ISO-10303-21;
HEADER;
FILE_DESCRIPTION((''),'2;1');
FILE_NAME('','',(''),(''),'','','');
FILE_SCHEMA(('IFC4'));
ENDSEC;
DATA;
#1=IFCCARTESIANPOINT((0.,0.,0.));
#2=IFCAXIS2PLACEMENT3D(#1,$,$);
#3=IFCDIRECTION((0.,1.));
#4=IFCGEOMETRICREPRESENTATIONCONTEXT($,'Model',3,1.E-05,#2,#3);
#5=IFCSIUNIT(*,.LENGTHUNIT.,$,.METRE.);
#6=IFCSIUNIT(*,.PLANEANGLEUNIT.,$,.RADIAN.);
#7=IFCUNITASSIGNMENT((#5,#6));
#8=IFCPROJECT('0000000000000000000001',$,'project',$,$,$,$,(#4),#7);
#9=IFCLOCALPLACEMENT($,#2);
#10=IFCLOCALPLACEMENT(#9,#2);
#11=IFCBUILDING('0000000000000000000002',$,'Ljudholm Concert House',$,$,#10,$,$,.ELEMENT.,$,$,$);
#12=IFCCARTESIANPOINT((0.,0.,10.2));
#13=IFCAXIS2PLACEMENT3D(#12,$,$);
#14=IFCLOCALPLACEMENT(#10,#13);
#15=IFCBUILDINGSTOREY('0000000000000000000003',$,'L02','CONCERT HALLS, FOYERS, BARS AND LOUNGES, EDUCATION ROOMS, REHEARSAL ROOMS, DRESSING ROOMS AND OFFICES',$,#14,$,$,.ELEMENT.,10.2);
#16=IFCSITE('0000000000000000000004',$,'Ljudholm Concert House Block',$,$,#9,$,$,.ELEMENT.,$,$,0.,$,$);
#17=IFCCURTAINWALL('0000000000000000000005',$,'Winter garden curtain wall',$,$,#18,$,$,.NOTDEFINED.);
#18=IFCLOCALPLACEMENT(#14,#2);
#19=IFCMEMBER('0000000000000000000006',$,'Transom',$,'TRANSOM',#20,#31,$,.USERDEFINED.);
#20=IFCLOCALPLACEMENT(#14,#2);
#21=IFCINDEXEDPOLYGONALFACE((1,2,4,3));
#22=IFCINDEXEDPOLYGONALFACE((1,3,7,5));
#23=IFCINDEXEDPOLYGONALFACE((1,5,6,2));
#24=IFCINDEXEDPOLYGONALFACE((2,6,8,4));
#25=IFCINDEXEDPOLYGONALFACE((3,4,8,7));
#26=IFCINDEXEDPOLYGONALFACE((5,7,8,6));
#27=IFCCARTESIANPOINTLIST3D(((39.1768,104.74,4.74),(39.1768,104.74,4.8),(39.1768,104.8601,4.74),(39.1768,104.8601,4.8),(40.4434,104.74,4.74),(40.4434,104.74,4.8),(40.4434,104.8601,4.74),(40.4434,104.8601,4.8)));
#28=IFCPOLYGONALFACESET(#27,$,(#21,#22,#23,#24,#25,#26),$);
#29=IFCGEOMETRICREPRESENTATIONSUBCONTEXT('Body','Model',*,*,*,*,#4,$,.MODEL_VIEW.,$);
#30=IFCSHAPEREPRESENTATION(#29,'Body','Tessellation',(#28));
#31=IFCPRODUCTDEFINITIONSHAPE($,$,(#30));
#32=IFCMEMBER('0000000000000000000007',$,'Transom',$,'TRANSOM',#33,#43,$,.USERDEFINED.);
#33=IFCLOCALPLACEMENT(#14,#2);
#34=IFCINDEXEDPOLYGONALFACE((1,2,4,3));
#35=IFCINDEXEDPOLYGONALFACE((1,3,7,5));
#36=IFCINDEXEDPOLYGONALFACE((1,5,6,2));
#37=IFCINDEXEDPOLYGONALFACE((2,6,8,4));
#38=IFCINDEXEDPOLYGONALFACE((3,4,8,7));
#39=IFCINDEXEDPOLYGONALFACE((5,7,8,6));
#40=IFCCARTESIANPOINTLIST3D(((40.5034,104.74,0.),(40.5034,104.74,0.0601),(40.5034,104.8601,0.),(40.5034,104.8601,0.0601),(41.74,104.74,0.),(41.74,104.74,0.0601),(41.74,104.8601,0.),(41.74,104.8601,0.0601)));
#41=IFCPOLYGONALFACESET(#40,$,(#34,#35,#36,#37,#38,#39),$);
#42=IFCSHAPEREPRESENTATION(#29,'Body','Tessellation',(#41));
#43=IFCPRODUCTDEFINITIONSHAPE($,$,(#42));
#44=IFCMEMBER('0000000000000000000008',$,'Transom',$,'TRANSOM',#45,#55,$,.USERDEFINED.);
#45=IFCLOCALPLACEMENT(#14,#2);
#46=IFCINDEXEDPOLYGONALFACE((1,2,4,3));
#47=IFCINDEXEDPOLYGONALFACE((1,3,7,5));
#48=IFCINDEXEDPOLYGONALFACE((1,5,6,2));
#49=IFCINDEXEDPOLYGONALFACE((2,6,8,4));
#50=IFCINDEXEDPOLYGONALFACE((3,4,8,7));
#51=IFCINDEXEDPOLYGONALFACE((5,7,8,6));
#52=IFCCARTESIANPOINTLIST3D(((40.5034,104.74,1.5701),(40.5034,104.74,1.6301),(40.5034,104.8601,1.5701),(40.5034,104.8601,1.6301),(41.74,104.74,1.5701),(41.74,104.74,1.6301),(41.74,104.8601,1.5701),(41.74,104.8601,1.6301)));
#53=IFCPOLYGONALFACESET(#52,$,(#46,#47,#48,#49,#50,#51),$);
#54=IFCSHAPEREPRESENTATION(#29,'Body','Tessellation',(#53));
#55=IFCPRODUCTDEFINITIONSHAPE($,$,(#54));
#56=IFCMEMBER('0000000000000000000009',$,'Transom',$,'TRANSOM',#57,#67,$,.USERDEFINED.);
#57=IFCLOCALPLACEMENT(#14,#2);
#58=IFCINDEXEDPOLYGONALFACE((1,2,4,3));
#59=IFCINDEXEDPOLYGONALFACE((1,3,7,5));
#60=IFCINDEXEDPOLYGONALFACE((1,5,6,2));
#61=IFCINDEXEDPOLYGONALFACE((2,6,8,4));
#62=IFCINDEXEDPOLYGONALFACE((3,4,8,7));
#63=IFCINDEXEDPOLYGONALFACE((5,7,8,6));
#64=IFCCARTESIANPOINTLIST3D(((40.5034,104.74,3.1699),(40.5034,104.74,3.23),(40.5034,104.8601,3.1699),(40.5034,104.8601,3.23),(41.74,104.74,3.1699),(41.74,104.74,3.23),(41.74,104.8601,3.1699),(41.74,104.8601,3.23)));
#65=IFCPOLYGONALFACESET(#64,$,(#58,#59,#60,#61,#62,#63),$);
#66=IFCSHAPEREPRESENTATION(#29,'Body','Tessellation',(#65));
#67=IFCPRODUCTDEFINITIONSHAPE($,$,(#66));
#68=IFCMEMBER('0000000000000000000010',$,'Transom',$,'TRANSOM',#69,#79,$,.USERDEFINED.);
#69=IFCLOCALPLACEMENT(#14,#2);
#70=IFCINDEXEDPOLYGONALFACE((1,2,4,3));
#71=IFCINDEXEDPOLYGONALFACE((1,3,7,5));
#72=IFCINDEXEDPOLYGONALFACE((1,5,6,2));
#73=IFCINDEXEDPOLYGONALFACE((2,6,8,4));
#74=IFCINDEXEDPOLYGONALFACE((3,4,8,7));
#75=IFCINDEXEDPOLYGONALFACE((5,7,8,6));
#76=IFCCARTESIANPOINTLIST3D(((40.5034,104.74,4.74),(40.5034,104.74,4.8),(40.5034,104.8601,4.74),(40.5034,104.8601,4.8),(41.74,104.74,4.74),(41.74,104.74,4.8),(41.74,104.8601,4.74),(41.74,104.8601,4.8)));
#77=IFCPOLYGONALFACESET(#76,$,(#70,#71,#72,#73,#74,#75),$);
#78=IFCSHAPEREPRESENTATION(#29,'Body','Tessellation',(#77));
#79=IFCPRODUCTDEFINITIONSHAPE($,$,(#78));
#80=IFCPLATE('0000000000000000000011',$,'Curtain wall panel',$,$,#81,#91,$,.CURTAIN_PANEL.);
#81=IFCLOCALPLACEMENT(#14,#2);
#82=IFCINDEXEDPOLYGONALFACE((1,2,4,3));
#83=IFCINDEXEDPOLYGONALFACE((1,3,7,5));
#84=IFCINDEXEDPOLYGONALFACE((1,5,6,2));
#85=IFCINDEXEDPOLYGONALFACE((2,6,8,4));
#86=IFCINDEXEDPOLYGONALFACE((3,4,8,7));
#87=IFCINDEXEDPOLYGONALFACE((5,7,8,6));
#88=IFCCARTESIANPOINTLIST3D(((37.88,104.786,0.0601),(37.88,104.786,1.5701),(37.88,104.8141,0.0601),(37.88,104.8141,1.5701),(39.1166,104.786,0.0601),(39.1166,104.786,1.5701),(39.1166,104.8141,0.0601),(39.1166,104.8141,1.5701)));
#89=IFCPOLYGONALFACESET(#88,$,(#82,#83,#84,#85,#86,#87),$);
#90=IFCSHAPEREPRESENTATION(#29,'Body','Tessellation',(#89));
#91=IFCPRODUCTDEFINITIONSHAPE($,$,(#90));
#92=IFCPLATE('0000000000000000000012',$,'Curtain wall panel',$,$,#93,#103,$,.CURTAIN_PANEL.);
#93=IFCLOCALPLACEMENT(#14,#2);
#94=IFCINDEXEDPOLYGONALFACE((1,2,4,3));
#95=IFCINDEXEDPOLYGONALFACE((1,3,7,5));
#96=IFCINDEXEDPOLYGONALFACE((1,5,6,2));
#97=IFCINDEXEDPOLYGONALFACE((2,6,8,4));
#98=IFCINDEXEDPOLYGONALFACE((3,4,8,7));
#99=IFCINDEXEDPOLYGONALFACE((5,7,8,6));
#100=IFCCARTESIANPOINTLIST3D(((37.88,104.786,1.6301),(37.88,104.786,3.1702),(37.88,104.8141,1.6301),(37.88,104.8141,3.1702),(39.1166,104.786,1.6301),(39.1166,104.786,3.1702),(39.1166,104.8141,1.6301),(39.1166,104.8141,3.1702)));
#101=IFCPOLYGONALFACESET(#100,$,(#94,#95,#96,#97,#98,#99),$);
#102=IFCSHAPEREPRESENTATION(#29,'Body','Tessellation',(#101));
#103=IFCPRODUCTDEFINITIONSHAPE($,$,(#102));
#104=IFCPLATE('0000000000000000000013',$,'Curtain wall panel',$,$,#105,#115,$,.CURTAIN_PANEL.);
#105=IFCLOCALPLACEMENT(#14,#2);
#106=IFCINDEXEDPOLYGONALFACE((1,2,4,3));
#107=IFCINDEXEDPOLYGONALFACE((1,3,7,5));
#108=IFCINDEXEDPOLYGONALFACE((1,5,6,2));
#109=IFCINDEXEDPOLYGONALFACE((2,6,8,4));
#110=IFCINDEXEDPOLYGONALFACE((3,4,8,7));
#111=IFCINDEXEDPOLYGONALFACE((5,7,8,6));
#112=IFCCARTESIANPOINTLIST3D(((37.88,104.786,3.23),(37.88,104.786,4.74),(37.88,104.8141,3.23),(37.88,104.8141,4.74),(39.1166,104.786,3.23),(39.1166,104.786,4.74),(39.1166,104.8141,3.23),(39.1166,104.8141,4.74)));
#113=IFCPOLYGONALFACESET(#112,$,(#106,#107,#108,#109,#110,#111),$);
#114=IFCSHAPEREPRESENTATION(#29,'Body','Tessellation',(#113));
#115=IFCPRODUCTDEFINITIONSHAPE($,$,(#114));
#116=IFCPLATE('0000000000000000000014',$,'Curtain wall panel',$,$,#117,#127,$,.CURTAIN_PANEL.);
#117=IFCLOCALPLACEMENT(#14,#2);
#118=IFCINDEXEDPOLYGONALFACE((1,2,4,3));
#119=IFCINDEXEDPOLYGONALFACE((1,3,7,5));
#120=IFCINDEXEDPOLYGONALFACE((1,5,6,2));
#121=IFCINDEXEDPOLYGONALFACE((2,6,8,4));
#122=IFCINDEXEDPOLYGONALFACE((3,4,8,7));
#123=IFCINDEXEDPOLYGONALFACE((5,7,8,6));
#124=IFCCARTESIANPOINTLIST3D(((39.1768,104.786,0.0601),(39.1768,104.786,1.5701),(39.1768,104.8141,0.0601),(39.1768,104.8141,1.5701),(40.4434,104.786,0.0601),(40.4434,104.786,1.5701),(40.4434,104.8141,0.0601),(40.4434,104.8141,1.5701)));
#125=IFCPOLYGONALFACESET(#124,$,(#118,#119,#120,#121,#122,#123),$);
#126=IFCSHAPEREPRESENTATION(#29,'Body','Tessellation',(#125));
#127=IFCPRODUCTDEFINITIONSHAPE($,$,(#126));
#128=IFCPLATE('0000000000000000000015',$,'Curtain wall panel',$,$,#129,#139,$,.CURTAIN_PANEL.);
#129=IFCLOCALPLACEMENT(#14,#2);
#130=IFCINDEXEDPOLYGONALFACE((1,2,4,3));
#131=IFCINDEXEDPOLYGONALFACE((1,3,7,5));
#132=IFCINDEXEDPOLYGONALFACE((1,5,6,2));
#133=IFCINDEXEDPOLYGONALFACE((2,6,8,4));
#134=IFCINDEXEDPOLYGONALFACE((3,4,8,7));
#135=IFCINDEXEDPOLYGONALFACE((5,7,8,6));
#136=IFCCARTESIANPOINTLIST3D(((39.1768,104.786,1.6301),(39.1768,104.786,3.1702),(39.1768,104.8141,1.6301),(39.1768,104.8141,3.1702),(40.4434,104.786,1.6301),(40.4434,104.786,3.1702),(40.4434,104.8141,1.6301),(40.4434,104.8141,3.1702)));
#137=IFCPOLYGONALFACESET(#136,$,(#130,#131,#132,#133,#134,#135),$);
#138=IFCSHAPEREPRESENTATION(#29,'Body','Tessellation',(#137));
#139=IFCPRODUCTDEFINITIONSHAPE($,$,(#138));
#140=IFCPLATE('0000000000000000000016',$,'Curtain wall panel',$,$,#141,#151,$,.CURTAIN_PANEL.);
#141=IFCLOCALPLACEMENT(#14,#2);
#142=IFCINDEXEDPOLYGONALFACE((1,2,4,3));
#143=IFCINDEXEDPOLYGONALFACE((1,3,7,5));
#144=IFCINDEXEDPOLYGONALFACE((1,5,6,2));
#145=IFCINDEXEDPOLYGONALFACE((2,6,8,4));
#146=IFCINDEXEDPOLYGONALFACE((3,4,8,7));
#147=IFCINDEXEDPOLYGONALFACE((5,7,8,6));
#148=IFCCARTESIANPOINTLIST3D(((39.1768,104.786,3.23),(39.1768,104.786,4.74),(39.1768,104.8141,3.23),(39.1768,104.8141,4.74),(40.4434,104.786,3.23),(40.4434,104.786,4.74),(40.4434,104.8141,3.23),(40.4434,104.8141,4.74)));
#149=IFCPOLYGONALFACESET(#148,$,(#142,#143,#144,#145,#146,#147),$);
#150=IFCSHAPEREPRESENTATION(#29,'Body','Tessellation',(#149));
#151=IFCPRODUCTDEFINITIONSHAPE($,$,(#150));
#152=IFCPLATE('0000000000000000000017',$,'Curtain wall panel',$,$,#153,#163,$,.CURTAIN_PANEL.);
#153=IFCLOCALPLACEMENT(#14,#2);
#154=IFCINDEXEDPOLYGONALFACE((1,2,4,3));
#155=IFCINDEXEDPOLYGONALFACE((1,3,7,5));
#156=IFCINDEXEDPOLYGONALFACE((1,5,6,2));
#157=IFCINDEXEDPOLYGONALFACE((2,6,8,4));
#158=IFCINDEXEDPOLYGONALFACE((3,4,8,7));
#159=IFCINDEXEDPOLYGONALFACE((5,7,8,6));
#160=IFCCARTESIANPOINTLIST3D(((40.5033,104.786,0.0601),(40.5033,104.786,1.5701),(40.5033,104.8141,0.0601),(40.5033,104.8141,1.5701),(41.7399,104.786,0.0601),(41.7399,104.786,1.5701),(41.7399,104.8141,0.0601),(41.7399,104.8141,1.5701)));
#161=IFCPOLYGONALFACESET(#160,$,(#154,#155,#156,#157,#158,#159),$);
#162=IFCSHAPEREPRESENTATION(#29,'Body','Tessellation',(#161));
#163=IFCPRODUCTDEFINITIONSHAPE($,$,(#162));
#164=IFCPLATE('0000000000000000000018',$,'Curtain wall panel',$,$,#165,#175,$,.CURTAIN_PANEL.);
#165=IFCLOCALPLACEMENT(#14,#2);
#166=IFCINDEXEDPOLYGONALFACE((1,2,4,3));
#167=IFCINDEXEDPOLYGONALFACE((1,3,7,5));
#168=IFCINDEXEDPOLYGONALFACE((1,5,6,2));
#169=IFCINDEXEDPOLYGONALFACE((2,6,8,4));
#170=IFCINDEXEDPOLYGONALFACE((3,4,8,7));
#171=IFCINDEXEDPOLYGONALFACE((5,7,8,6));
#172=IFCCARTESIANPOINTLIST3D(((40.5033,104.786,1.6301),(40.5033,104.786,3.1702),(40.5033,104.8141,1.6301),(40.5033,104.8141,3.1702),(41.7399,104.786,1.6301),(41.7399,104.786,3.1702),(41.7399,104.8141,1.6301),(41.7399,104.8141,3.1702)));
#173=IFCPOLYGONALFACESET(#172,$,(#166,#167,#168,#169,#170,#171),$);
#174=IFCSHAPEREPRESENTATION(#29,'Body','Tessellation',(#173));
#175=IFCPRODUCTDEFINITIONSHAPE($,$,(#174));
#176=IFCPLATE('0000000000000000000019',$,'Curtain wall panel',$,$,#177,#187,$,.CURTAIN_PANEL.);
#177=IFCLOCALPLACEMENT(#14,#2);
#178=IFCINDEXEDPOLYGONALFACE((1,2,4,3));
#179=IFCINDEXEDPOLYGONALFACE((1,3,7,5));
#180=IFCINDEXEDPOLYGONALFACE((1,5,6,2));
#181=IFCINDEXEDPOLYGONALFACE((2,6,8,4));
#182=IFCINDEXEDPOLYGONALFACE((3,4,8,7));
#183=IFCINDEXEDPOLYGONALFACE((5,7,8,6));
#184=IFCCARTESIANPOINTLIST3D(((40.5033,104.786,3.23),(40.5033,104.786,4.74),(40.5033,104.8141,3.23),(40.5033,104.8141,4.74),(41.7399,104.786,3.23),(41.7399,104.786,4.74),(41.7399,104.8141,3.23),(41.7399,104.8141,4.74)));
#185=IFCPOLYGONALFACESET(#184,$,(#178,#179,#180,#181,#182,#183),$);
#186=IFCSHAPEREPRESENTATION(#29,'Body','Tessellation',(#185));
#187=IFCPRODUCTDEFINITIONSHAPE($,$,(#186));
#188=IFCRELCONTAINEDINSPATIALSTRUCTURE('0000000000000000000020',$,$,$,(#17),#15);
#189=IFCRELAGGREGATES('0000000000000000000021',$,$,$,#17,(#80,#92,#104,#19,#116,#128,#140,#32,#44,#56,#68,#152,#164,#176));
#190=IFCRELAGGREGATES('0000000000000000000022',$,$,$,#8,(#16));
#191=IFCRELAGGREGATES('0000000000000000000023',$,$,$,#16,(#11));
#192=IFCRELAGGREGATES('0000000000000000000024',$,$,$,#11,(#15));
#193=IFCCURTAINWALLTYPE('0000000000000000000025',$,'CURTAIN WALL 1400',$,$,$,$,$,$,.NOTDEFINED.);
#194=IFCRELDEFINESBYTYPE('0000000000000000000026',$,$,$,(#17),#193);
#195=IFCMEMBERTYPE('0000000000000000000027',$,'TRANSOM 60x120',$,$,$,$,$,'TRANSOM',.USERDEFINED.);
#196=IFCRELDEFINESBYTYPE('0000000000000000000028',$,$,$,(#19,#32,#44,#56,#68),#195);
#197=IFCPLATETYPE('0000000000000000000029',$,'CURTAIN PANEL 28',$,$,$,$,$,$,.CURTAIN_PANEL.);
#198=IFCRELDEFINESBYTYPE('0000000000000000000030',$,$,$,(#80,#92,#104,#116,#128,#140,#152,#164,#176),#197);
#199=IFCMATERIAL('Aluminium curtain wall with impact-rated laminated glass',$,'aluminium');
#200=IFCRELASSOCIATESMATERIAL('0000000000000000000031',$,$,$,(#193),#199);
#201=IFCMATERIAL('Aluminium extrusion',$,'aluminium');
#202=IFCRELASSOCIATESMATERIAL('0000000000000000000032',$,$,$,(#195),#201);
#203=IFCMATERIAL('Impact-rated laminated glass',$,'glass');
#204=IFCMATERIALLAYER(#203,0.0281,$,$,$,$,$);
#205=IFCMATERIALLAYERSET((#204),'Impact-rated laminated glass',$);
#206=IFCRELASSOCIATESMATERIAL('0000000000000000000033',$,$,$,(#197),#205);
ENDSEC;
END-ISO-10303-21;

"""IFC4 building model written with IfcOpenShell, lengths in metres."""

from ifc_helpers import new_model, si_unit, direction, frame, origin, origin_2d, place, context, subcontext, project, spatial, rectangle, extrude, material, layer, layer_set, material_profile, profile_set, type_object, element, aggregate, save


model = new_model("IFC4")

# Units and contexts
model_context = context("Model", 3, precision=1e-05, world=origin(), true_north=direction((0.0, 1.0)))
body_context = subcontext(model_context, "Body", "Model", "MODEL_VIEW")
ifc_project = project(units=[si_unit("LENGTHUNIT", "METRE"), si_unit("PLANEANGLEUNIT", "RADIAN")], contexts=[model_context])

# Site, building, storey
site_placement = place(None, origin())
site = spatial("IfcSite", under=ifc_project, at=site_placement, Name="Ljudholm Concert House Block", CompositionType="ELEMENT", RefElevation=0.0)
building_placement = place(site_placement, origin())
building = spatial("IfcBuilding", under=site, at=building_placement, Name="Ljudholm Concert House", CompositionType="ELEMENT")
storey_placement = place(building_placement, frame((0.0, 0.0, 10.2)))
storey = spatial("IfcBuildingStorey", under=building, at=storey_placement, Name="L02", Description="CONCERT HALLS, FOYERS, BARS AND LOUNGES, EDUCATION ROOMS, REHEARSAL ROOMS, DRESSING ROOMS AND OFFICES", CompositionType="ELEMENT", Elevation=10.2)

# Curtain wall
ifc_material_1 = material(Name="Aluminium curtain wall with impact-rated laminated glass", Category="aluminium")
curtain_wall_type = type_object("IfcCurtainWallType", Name="CURTAIN WALL 1400", PredefinedType="NOTDEFINED", material=ifc_material_1)
curtain_wall_placement = place(storey_placement, origin())
curtain_wall = element("IfcCurtainWall", 1, at=curtain_wall_placement, inside=storey, type_object=curtain_wall_type, Name="Winter garden curtain wall", PredefinedType="NOTDEFINED")

# Members
ifc_material_2 = material(Name="Aluminium extrusion", Category="aluminium")
ifc_material_profile_1 = material_profile(ifc_material_2, rectangle(XDim=0.1201, YDim=0.0601, at=origin_2d()), Name="TRANSOM 60x120")
ifc_profile_set_1 = profile_set([ifc_material_profile_1], Name="Aluminium extrusion")
member_type_1 = type_object("IfcMemberType", Name="TRANSOM 60x120", ElementType="TRANSOM", PredefinedType="USERDEFINED", material=ifc_profile_set_1)
member_1_placement = place(storey_placement, frame((39.1768, 104.8, 4.77), z_axis=(1.0, 0.0, 0.0), x_axis=(0.0, 1.0, 0.0)))
member_1 = element("IfcMember", 2, at=member_1_placement, type_object=member_type_1, Name="Transom", ObjectType="TRANSOM", PredefinedType="USERDEFINED", context=body_context, shape_type="SweptSolid", body=[
    extrude(rectangle(XDim=0.1201, YDim=0.0601, at=origin_2d()), origin(), (0.0, 0.0, 1.0), 1.2666),
])
member_2_placement = place(storey_placement, frame((40.5034, 104.8, 0.03), z_axis=(1.0, 0.0, 0.0), x_axis=(0.0, 1.0, 0.0)))
member_2 = element("IfcMember", 3, at=member_2_placement, type_object=member_type_1, Name="Transom", ObjectType="TRANSOM", PredefinedType="USERDEFINED", context=body_context, shape_type="SweptSolid", body=[
    extrude(rectangle(XDim=0.1201, YDim=0.0601, at=origin_2d()), origin(), (0.0, 0.0, 1.0), 1.2366),
])
member_3_placement = place(storey_placement, frame((40.5034, 104.8, 1.6001), z_axis=(1.0, 0.0, 0.0), x_axis=(0.0, 1.0, 0.0)))
member_3 = element("IfcMember", 4, at=member_3_placement, type_object=member_type_1, Name="Transom", ObjectType="TRANSOM", PredefinedType="USERDEFINED", context=body_context, shape_type="SweptSolid", body=[
    extrude(rectangle(XDim=0.1201, YDim=0.0601, at=origin_2d()), origin(), (0.0, 0.0, 1.0), 1.2366),
])
member_4_placement = place(storey_placement, frame((40.5034, 104.8, 3.2), z_axis=(1.0, 0.0, 0.0), x_axis=(0.0, 1.0, 0.0)))
member_4 = element("IfcMember", 5, at=member_4_placement, type_object=member_type_1, Name="Transom", ObjectType="TRANSOM", PredefinedType="USERDEFINED", context=body_context, shape_type="SweptSolid", body=[
    extrude(rectangle(XDim=0.1201, YDim=0.0601, at=origin_2d()), origin(), (0.0, 0.0, 1.0), 1.2366),
])
member_5_placement = place(storey_placement, frame((40.5034, 104.8, 4.77), z_axis=(1.0, 0.0, 0.0), x_axis=(0.0, 1.0, 0.0)))
member_5 = element("IfcMember", 6, at=member_5_placement, type_object=member_type_1, Name="Transom", ObjectType="TRANSOM", PredefinedType="USERDEFINED", context=body_context, shape_type="SweptSolid", body=[
    extrude(rectangle(XDim=0.1201, YDim=0.0601, at=origin_2d()), origin(), (0.0, 0.0, 1.0), 1.2366),
])

# Plates
ifc_material_3 = material(Name="Impact-rated laminated glass", Category="glass")
ifc_layer = layer(ifc_material_3, 0.0281)
ifc_layer_set = layer_set([ifc_layer], Name="Impact-rated laminated glass")
plate_type = type_object("IfcPlateType", Name="CURTAIN PANEL 28", PredefinedType="CURTAIN_PANEL", material=ifc_layer_set)
plate_1_placement = place(storey_placement, frame((38.4983, 104.8, 0.0601), z_axis=(0.0, 0.0, 1.0), x_axis=(1.0, 0.0, 0.0)))
plate_1 = element("IfcPlate", 7, at=plate_1_placement, type_object=plate_type, Name="Curtain wall panel", PredefinedType="CURTAIN_PANEL", context=body_context, shape_type="SweptSolid", body=[
    extrude(rectangle(XDim=1.2366, YDim=0.0281, at=origin_2d()), origin(), (0.0, 0.0, 1.0), 1.51),
])
plate_2_placement = place(storey_placement, frame((38.4983, 104.8, 1.6301), z_axis=(0.0, 0.0, 1.0), x_axis=(1.0, 0.0, 0.0)))
plate_2 = element("IfcPlate", 8, at=plate_2_placement, type_object=plate_type, Name="Curtain wall panel", PredefinedType="CURTAIN_PANEL", context=body_context, shape_type="SweptSolid", body=[
    extrude(rectangle(XDim=1.2366, YDim=0.0281, at=origin_2d()), origin(), (0.0, 0.0, 1.0), 1.54),
])
plate_3_placement = place(storey_placement, frame((38.4983, 104.8, 3.23), z_axis=(0.0, 0.0, 1.0), x_axis=(1.0, 0.0, 0.0)))
plate_3 = element("IfcPlate", 9, at=plate_3_placement, type_object=plate_type, Name="Curtain wall panel", PredefinedType="CURTAIN_PANEL", context=body_context, shape_type="SweptSolid", body=[
    extrude(rectangle(XDim=1.2366, YDim=0.0281, at=origin_2d()), origin(), (0.0, 0.0, 1.0), 1.51),
])
plate_4_placement = place(storey_placement, frame((39.8101, 104.8, 0.0601), z_axis=(0.0, 0.0, 1.0), x_axis=(1.0, 0.0, 0.0)))
plate_4 = element("IfcPlate", 10, at=plate_4_placement, type_object=plate_type, Name="Curtain wall panel", PredefinedType="CURTAIN_PANEL", context=body_context, shape_type="SweptSolid", body=[
    extrude(rectangle(XDim=1.2666, YDim=0.0281, at=origin_2d()), origin(), (0.0, 0.0, 1.0), 1.51),
])
plate_5_placement = place(storey_placement, frame((39.8101, 104.8, 1.6301), z_axis=(0.0, 0.0, 1.0), x_axis=(1.0, 0.0, 0.0)))
plate_5 = element("IfcPlate", 11, at=plate_5_placement, type_object=plate_type, Name="Curtain wall panel", PredefinedType="CURTAIN_PANEL", context=body_context, shape_type="SweptSolid", body=[
    extrude(rectangle(XDim=1.2666, YDim=0.0281, at=origin_2d()), origin(), (0.0, 0.0, 1.0), 1.54),
])
plate_6_placement = place(storey_placement, frame((39.8101, 104.8, 3.23), z_axis=(0.0, 0.0, 1.0), x_axis=(1.0, 0.0, 0.0)))
plate_6 = element("IfcPlate", 12, at=plate_6_placement, type_object=plate_type, Name="Curtain wall panel", PredefinedType="CURTAIN_PANEL", context=body_context, shape_type="SweptSolid", body=[
    extrude(rectangle(XDim=1.2666, YDim=0.0281, at=origin_2d()), origin(), (0.0, 0.0, 1.0), 1.51),
])
plate_7_placement = place(storey_placement, frame((41.1216, 104.8, 0.0601), z_axis=(0.0, 0.0, 1.0), x_axis=(1.0, 0.0, 0.0)))
plate_7 = element("IfcPlate", 13, at=plate_7_placement, type_object=plate_type, Name="Curtain wall panel", PredefinedType="CURTAIN_PANEL", context=body_context, shape_type="SweptSolid", body=[
    extrude(rectangle(XDim=1.2366, YDim=0.0281, at=origin_2d()), origin(), (0.0, 0.0, 1.0), 1.51),
])
plate_8_placement = place(storey_placement, frame((41.1216, 104.8, 1.6301), z_axis=(0.0, 0.0, 1.0), x_axis=(1.0, 0.0, 0.0)))
plate_8 = element("IfcPlate", 14, at=plate_8_placement, type_object=plate_type, Name="Curtain wall panel", PredefinedType="CURTAIN_PANEL", context=body_context, shape_type="SweptSolid", body=[
    extrude(rectangle(XDim=1.2366, YDim=0.0281, at=origin_2d()), origin(), (0.0, 0.0, 1.0), 1.54),
])
plate_9_placement = place(storey_placement, frame((41.1216, 104.8, 3.23), z_axis=(0.0, 0.0, 1.0), x_axis=(1.0, 0.0, 0.0)))
plate_9 = element("IfcPlate", 15, at=plate_9_placement, type_object=plate_type, Name="Curtain wall panel", PredefinedType="CURTAIN_PANEL", context=body_context, shape_type="SweptSolid", body=[
    extrude(rectangle(XDim=1.2366, YDim=0.0281, at=origin_2d()), origin(), (0.0, 0.0, 1.0), 1.51),
])
aggregate(curtain_wall, [plate_1, plate_2, plate_3, member_1, plate_4, plate_5, plate_6, member_2, member_3, member_4, member_5, plate_7, plate_8, plate_9])

save(model, "model.ifc")
